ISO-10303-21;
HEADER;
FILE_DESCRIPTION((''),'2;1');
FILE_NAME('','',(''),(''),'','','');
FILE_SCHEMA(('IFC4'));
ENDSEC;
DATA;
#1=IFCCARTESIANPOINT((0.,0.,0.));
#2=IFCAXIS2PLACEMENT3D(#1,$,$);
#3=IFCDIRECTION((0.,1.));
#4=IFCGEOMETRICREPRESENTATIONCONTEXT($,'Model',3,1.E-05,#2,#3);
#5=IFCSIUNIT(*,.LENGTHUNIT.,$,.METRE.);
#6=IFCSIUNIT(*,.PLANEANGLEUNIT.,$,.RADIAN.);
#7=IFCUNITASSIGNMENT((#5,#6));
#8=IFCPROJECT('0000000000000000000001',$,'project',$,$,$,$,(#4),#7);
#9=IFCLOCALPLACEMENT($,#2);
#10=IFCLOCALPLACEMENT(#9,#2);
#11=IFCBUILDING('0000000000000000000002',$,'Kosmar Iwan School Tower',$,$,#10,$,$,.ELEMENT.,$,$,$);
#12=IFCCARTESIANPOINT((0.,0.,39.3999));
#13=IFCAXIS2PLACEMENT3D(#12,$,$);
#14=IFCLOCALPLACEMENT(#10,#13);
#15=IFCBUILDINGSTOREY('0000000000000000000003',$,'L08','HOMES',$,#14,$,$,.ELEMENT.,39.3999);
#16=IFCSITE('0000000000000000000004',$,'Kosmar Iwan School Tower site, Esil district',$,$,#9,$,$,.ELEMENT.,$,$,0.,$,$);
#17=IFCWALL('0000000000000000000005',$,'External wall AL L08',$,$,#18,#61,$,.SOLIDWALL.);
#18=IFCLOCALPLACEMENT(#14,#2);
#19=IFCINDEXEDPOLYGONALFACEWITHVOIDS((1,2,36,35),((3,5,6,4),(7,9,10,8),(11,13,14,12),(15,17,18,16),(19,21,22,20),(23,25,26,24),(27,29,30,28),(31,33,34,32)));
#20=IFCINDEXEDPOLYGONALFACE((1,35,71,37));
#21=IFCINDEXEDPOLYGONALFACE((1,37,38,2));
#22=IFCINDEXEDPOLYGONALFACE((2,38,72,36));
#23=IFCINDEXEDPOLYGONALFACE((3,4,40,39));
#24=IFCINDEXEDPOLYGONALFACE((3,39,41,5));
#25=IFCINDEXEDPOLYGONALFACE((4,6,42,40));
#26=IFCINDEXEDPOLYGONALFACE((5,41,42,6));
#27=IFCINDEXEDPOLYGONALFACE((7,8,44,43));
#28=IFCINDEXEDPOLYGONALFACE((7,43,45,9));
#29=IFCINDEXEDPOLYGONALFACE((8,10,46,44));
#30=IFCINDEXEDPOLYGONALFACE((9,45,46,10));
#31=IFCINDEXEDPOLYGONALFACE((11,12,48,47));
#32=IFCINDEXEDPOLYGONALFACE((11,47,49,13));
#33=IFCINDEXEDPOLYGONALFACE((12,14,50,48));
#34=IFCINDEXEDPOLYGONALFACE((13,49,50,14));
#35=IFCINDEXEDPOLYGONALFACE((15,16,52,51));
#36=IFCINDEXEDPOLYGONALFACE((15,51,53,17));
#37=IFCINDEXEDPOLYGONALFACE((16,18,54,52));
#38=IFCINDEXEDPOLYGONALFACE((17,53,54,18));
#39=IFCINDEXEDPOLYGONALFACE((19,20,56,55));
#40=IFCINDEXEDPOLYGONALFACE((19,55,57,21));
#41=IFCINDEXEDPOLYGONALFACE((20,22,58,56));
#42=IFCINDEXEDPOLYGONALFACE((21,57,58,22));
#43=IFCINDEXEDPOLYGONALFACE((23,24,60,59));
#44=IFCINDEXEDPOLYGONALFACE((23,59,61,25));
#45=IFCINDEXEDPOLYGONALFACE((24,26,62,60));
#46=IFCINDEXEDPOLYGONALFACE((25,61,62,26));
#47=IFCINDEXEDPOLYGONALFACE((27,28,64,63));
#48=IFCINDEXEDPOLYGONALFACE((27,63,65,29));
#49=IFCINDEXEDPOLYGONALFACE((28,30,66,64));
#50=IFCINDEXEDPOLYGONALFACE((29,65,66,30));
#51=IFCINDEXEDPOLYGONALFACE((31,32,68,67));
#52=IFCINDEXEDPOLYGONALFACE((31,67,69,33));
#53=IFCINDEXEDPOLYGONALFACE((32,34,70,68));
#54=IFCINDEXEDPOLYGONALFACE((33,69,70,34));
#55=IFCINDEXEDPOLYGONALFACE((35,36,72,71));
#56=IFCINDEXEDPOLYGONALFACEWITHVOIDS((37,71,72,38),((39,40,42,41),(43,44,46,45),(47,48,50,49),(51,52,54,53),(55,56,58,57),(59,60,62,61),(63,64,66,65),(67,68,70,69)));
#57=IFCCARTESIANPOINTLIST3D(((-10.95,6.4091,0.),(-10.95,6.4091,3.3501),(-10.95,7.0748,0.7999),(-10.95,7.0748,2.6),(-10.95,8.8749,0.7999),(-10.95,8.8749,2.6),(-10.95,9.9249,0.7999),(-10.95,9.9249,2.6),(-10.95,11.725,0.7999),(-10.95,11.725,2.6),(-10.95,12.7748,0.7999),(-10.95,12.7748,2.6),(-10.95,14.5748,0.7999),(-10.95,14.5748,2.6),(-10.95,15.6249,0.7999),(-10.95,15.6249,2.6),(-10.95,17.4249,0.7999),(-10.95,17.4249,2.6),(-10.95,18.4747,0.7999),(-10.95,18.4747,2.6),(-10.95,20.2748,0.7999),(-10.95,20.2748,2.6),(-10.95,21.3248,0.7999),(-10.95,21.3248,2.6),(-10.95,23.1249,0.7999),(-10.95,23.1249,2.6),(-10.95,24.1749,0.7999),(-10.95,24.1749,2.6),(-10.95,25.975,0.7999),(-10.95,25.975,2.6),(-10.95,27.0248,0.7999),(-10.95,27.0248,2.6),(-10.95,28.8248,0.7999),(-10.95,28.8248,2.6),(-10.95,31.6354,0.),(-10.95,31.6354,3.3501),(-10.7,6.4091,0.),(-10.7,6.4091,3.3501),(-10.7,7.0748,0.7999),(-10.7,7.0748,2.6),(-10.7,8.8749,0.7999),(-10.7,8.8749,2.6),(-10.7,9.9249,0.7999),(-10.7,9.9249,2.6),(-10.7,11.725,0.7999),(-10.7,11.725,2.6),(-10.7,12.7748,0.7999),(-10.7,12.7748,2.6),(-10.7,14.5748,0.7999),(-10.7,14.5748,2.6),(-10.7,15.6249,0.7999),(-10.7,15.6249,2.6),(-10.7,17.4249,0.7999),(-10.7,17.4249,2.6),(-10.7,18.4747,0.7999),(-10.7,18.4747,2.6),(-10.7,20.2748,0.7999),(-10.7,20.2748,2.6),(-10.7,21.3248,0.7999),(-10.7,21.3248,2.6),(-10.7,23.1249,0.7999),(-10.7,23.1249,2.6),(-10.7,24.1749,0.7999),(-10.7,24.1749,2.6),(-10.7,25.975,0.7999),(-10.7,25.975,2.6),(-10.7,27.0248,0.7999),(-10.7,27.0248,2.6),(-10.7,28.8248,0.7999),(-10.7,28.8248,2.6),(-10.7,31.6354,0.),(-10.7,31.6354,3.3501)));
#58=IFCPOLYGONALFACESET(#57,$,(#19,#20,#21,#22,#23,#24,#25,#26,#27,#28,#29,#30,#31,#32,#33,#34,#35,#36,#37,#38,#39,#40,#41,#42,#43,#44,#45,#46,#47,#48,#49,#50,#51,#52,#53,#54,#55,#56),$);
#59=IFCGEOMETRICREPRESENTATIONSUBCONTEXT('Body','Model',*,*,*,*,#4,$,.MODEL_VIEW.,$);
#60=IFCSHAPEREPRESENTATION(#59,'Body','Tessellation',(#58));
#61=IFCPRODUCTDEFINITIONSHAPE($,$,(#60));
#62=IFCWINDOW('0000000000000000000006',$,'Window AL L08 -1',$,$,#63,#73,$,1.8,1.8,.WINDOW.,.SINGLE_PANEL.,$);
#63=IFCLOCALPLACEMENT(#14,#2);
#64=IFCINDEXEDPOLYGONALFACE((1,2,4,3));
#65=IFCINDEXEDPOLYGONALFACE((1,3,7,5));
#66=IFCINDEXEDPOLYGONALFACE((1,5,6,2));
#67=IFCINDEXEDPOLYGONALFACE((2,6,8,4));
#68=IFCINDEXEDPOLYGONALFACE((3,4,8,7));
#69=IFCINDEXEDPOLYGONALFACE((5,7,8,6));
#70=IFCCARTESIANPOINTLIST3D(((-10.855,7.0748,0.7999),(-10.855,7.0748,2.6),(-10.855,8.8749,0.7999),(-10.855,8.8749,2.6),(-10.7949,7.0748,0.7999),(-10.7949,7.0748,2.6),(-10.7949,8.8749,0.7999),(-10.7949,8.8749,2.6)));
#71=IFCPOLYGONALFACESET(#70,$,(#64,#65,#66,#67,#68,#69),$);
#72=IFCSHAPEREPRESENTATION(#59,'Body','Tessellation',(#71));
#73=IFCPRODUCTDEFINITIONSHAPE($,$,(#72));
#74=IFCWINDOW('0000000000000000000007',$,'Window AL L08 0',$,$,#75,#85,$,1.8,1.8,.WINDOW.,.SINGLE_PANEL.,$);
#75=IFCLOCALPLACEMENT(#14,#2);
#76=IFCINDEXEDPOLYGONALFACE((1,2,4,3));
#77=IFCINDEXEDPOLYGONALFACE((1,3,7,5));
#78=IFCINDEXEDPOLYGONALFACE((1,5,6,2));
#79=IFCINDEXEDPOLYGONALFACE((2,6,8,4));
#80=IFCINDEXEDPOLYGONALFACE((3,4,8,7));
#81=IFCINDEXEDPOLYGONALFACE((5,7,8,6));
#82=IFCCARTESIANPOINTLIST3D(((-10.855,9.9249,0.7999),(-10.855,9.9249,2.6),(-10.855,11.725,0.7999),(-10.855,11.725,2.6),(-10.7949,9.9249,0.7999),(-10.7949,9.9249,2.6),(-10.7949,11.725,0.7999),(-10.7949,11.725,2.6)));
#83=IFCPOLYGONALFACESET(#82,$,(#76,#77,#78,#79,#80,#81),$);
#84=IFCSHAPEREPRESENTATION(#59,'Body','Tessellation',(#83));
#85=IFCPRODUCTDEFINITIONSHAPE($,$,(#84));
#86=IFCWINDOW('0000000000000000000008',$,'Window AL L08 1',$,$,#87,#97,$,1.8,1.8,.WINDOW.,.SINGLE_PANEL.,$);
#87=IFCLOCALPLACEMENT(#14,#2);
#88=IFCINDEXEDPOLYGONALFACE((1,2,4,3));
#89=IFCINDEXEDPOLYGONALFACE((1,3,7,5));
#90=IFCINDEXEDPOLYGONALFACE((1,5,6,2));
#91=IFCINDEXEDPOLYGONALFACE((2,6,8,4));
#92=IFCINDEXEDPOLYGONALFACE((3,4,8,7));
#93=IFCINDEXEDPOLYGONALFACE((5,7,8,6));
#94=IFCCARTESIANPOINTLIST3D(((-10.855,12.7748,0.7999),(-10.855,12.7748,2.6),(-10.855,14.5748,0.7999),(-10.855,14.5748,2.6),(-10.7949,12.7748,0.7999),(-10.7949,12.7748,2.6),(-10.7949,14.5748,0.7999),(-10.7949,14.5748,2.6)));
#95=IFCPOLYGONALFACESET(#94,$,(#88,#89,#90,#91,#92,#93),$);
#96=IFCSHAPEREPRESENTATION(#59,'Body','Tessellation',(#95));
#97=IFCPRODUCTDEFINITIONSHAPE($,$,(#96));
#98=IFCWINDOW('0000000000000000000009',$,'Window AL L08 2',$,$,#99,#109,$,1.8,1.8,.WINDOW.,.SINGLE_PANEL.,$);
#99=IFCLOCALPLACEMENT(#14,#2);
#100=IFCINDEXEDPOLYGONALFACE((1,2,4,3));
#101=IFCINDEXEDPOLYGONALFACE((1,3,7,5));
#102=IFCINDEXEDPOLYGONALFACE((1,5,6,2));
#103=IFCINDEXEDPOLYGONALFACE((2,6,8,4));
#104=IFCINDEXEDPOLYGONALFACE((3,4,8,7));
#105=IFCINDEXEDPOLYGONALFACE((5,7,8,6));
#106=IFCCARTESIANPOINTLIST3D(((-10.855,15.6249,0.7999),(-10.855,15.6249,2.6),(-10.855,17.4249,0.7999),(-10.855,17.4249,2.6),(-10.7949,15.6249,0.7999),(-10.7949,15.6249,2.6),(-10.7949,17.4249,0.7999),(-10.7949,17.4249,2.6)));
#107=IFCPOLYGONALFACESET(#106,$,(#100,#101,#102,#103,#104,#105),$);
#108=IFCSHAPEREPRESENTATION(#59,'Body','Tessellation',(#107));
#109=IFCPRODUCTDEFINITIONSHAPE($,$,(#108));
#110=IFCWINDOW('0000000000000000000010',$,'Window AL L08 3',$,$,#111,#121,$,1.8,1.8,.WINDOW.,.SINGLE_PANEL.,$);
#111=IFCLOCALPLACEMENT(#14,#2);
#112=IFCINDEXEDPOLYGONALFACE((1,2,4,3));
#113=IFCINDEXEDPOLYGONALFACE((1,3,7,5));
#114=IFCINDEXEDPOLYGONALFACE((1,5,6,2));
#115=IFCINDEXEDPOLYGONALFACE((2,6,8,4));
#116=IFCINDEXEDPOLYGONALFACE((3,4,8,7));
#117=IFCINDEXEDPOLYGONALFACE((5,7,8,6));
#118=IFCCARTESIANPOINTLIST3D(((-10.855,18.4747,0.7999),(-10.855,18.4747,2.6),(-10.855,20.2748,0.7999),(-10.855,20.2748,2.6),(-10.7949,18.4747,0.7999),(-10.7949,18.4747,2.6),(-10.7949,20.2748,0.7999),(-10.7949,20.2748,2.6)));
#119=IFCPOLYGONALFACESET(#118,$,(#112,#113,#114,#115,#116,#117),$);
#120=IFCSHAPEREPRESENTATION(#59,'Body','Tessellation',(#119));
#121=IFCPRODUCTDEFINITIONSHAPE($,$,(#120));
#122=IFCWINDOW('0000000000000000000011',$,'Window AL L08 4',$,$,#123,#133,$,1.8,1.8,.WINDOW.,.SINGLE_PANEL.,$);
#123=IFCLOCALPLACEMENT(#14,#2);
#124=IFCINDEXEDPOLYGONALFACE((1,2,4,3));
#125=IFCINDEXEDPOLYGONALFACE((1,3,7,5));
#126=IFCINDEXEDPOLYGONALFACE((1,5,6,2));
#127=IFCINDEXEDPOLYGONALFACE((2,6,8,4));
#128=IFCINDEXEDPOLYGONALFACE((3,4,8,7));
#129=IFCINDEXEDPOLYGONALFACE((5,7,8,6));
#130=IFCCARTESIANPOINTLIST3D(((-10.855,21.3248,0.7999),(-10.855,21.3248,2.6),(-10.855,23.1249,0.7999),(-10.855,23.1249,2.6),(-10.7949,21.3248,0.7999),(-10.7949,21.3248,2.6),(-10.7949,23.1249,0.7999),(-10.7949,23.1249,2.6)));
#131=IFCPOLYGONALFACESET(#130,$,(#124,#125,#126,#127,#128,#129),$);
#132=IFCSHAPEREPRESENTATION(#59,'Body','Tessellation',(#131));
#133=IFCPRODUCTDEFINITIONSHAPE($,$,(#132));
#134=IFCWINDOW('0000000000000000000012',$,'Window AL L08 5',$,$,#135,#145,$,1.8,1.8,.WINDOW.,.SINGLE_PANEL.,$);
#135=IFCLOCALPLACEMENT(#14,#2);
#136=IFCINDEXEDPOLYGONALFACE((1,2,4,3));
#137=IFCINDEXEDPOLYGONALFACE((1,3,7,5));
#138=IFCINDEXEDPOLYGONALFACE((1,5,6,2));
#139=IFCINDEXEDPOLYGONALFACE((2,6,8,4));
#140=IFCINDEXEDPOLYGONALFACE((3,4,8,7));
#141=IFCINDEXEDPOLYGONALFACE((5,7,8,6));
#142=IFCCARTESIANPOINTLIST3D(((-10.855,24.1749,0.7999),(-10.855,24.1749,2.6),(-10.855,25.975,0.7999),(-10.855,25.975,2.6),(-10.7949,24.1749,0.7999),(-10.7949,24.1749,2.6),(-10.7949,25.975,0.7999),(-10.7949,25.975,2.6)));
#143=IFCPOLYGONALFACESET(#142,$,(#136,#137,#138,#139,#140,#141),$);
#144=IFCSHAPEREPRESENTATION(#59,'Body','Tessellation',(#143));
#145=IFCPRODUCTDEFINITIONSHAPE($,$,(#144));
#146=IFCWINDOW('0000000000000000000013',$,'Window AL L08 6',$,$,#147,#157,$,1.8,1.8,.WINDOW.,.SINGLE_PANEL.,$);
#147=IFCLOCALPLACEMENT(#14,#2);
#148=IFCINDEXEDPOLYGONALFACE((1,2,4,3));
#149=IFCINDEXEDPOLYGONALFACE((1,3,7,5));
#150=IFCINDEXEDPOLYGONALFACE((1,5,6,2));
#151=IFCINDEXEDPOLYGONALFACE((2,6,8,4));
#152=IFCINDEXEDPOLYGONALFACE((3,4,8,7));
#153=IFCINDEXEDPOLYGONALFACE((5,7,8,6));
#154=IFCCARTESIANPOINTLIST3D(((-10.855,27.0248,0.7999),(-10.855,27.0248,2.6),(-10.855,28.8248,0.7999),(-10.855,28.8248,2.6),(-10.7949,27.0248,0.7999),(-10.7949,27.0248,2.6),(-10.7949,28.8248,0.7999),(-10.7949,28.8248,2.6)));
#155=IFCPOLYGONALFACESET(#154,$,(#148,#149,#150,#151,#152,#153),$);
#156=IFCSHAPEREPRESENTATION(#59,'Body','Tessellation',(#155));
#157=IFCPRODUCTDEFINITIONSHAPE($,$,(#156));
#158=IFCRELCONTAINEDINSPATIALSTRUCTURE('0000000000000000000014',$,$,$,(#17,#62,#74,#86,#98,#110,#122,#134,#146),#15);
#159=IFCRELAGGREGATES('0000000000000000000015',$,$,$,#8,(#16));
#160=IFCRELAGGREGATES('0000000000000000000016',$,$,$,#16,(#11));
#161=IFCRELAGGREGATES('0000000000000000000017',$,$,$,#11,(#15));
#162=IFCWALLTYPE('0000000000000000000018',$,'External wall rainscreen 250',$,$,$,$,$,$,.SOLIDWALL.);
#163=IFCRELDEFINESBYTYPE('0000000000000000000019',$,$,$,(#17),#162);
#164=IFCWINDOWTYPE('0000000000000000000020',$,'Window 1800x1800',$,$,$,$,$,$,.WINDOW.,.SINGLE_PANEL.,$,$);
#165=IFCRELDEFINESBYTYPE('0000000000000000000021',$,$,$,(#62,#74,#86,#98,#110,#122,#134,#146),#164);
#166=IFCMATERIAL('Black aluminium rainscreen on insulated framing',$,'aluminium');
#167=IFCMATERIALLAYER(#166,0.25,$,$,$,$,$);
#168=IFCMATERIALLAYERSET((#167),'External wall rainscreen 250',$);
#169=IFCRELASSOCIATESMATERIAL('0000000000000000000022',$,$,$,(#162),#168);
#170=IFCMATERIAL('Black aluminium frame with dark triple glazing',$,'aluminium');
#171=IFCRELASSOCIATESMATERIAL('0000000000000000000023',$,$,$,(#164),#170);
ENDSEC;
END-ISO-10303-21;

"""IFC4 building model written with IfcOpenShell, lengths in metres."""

from ifc_helpers import new_model, si_unit, direction, frame, frame_2d, origin, place, context, subcontext, project, spatial, rectangle, extrude, material, layer, layer_set, type_object, element, fill, save


model = new_model("IFC4")

# Units and contexts
model_context = context("Model", 3, precision=1e-05, world=origin(), true_north=direction((0.0, 1.0)))
body_context = subcontext(model_context, "Body", "Model", "MODEL_VIEW")
ifc_project = project(units=[si_unit("LENGTHUNIT", "METRE"), si_unit("PLANEANGLEUNIT", "RADIAN")], contexts=[model_context])

# Site, building, storey
site_placement = place(None, origin())
site = spatial("IfcSite", under=ifc_project, at=site_placement, Name="Kosmar Iwan School Tower site, Esil district", CompositionType="ELEMENT", RefElevation=0.0)
building_placement = place(site_placement, origin())
building = spatial("IfcBuilding", under=site, at=building_placement, Name="Kosmar Iwan School Tower", CompositionType="ELEMENT")
storey_placement = place(building_placement, frame((0.0, 0.0, 39.3999)))
storey = spatial("IfcBuildingStorey", under=building, at=storey_placement, Name="L08", Description="HOMES", CompositionType="ELEMENT", Elevation=39.3999)

# Wall, openings, windows
ifc_material_1 = material(Name="Black aluminium rainscreen on insulated framing", Category="aluminium")
ifc_layer = layer(ifc_material_1, 0.25)
ifc_layer_set = layer_set([ifc_layer], Name="External wall rainscreen 250")
wall_type = type_object("IfcWallType", Name="External wall rainscreen 250", PredefinedType="SOLIDWALL", material=ifc_layer_set)
wall_1_placement = place(storey_placement, frame((-10.825, 6.4089, 0.0), z_axis=(0.0, 0.0, 1.0), x_axis=(0.0, 1.0, 0.0)))
wall_1 = element("IfcWall", 1, at=wall_1_placement, inside=storey, type_object=wall_type, Name="External wall AL L08", PredefinedType="SOLIDWALL", context=body_context, shape_type="SweptSolid", body=[
    extrude(rectangle(XDim=25.2263, YDim=0.25, at=frame_2d((12.6133, 0.0))), origin(), (0.0, 0.0, 1.0), 3.3501),
])
opening_1_placement = place(wall_1_placement, frame((0.666, 0.0, 0.8)))
opening_1 = element("IfcOpeningElement", 2, at=opening_1_placement, cuts=wall_1, PredefinedType="OPENING", context=body_context, shape_type="SweptSolid", body=[
    extrude(rectangle(XDim=1.8, YDim=1.8, at=frame_2d((0.8999, 0.8999))), frame((0.0, 0.137, 0.0), z_axis=(0.0, -1.0, 0.0), x_axis=(1.0, 0.0, 0.0)), (0.0, 0.0, 1.0), 0.2739),
])
opening_2_placement = place(wall_1_placement, frame((3.5161, 0.0, 0.8)))
opening_2 = element("IfcOpeningElement", 3, at=opening_2_placement, cuts=wall_1, PredefinedType="OPENING", context=body_context, shape_type="SweptSolid", body=[
    extrude(rectangle(XDim=1.8, YDim=1.8, at=frame_2d((0.8999, 0.8999))), frame((0.0, 0.137, 0.0), z_axis=(0.0, -1.0, 0.0), x_axis=(1.0, 0.0, 0.0)), (0.0, 0.0, 1.0), 0.2739),
])
opening_3_placement = place(wall_1_placement, frame((6.366, 0.0, 0.8)))
opening_3 = element("IfcOpeningElement", 4, at=opening_3_placement, cuts=wall_1, PredefinedType="OPENING", context=body_context, shape_type="SweptSolid", body=[
    extrude(rectangle(XDim=1.8, YDim=1.8, at=frame_2d((0.8999, 0.8999))), frame((0.0, 0.137, 0.0), z_axis=(0.0, -1.0, 0.0), x_axis=(1.0, 0.0, 0.0)), (0.0, 0.0, 1.0), 0.2739),
])
opening_4_placement = place(wall_1_placement, frame((9.2161, 0.0, 0.8)))
opening_4 = element("IfcOpeningElement", 5, at=opening_4_placement, cuts=wall_1, PredefinedType="OPENING", context=body_context, shape_type="SweptSolid", body=[
    extrude(rectangle(XDim=1.8, YDim=1.8, at=frame_2d((0.8999, 0.8999))), frame((0.0, 0.137, 0.0), z_axis=(0.0, -1.0, 0.0), x_axis=(1.0, 0.0, 0.0)), (0.0, 0.0, 1.0), 0.2739),
])
opening_5_placement = place(wall_1_placement, frame((12.0659, 0.0, 0.8)))
opening_5 = element("IfcOpeningElement", 6, at=opening_5_placement, cuts=wall_1, PredefinedType="OPENING", context=body_context, shape_type="SweptSolid", body=[
    extrude(rectangle(XDim=1.8, YDim=1.8, at=frame_2d((0.8999, 0.8999))), frame((0.0, 0.137, 0.0), z_axis=(0.0, -1.0, 0.0), x_axis=(1.0, 0.0, 0.0)), (0.0, 0.0, 1.0), 0.2739),
])
opening_6_placement = place(wall_1_placement, frame((14.916, 0.0, 0.8)))
opening_6 = element("IfcOpeningElement", 7, at=opening_6_placement, cuts=wall_1, PredefinedType="OPENING", context=body_context, shape_type="SweptSolid", body=[
    extrude(rectangle(XDim=1.8, YDim=1.8, at=frame_2d((0.8999, 0.8999))), frame((0.0, 0.137, 0.0), z_axis=(0.0, -1.0, 0.0), x_axis=(1.0, 0.0, 0.0)), (0.0, 0.0, 1.0), 0.2739),
])
opening_7_placement = place(wall_1_placement, frame((17.7661, 0.0, 0.8)))
opening_7 = element("IfcOpeningElement", 8, at=opening_7_placement, cuts=wall_1, PredefinedType="OPENING", context=body_context, shape_type="SweptSolid", body=[
    extrude(rectangle(XDim=1.8, YDim=1.8, at=frame_2d((0.8999, 0.8999))), frame((0.0, 0.137, 0.0), z_axis=(0.0, -1.0, 0.0), x_axis=(1.0, 0.0, 0.0)), (0.0, 0.0, 1.0), 0.2739),
])
opening_8_placement = place(wall_1_placement, frame((20.616, 0.0, 0.8)))
opening_8 = element("IfcOpeningElement", 9, at=opening_8_placement, cuts=wall_1, PredefinedType="OPENING", context=body_context, shape_type="SweptSolid", body=[
    extrude(rectangle(XDim=1.8, YDim=1.8, at=frame_2d((0.8999, 0.8999))), frame((0.0, 0.137, 0.0), z_axis=(0.0, -1.0, 0.0), x_axis=(1.0, 0.0, 0.0)), (0.0, 0.0, 1.0), 0.2739),
])
ifc_material_2 = material(Name="Black aluminium frame with dark triple glazing", Category="aluminium")
window_type = type_object("IfcWindowType", Name="Window 1800x1800", PartitioningType="SINGLE_PANEL", PredefinedType="WINDOW", material=ifc_material_2)
window_1_placement = place(opening_1_placement, origin())
window_1 = element("IfcWindow", 10, at=window_1_placement, inside=storey, type_object=window_type, Name="Window AL L08 -1", OverallHeight=1.8, OverallWidth=1.8, PartitioningType="SINGLE_PANEL", PredefinedType="WINDOW", context=body_context, shape_type="SweptSolid", body=[
    extrude(rectangle(XDim=1.8, YDim=1.8, at=frame_2d((0.8999, 0.8999))), frame((0.0, 0.03, 0.0), z_axis=(0.0, -1.0, 0.0), x_axis=(1.0, 0.0, 0.0)), (0.0, 0.0, 1.0), 0.0601),
])
fill(opening_1, window_1)
window_2_placement = place(opening_2_placement, origin())
window_2 = element("IfcWindow", 11, at=window_2_placement, inside=storey, type_object=window_type, Name="Window AL L08 0", OverallHeight=1.8, OverallWidth=1.8, PartitioningType="SINGLE_PANEL", PredefinedType="WINDOW", context=body_context, shape_type="SweptSolid", body=[
    extrude(rectangle(XDim=1.8, YDim=1.8, at=frame_2d((0.8999, 0.8999))), frame((0.0, 0.03, 0.0), z_axis=(0.0, -1.0, 0.0), x_axis=(1.0, 0.0, 0.0)), (0.0, 0.0, 1.0), 0.0601),
])
fill(opening_2, window_2)
window_3_placement = place(opening_3_placement, origin())
window_3 = element("IfcWindow", 12, at=window_3_placement, inside=storey, type_object=window_type, Name="Window AL L08 1", OverallHeight=1.8, OverallWidth=1.8, PartitioningType="SINGLE_PANEL", PredefinedType="WINDOW", context=body_context, shape_type="SweptSolid", body=[
    extrude(rectangle(XDim=1.8, YDim=1.8, at=frame_2d((0.8999, 0.8999))), frame((0.0, 0.03, 0.0), z_axis=(0.0, -1.0, 0.0), x_axis=(1.0, 0.0, 0.0)), (0.0, 0.0, 1.0), 0.0601),
])
fill(opening_3, window_3)
window_4_placement = place(opening_4_placement, origin())
window_4 = element("IfcWindow", 13, at=window_4_placement, inside=storey, type_object=window_type, Name="Window AL L08 2", OverallHeight=1.8, OverallWidth=1.8, PartitioningType="SINGLE_PANEL", PredefinedType="WINDOW", context=body_context, shape_type="SweptSolid", body=[
    extrude(rectangle(XDim=1.8, YDim=1.8, at=frame_2d((0.8999, 0.8999))), frame((0.0, 0.03, 0.0), z_axis=(0.0, -1.0, 0.0), x_axis=(1.0, 0.0, 0.0)), (0.0, 0.0, 1.0), 0.0601),
])
fill(opening_4, window_4)
window_5_placement = place(opening_5_placement, origin())
window_5 = element("IfcWindow", 14, at=window_5_placement, inside=storey, type_object=window_type, Name="Window AL L08 3", OverallHeight=1.8, OverallWidth=1.8, PartitioningType="SINGLE_PANEL", PredefinedType="WINDOW", context=body_context, shape_type="SweptSolid", body=[
    extrude(rectangle(XDim=1.8, YDim=1.8, at=frame_2d((0.8999, 0.8999))), frame((0.0, 0.03, 0.0), z_axis=(0.0, -1.0, 0.0), x_axis=(1.0, 0.0, 0.0)), (0.0, 0.0, 1.0), 0.0601),
])
fill(opening_5, window_5)
window_6_placement = place(opening_6_placement, origin())
window_6 = element("IfcWindow", 15, at=window_6_placement, inside=storey, type_object=window_type, Name="Window AL L08 4", OverallHeight=1.8, OverallWidth=1.8, PartitioningType="SINGLE_PANEL", PredefinedType="WINDOW", context=body_context, shape_type="SweptSolid", body=[
    extrude(rectangle(XDim=1.8, YDim=1.8, at=frame_2d((0.8999, 0.8999))), frame((0.0, 0.03, 0.0), z_axis=(0.0, -1.0, 0.0), x_axis=(1.0, 0.0, 0.0)), (0.0, 0.0, 1.0), 0.0601),
])
fill(opening_6, window_6)
window_7_placement = place(opening_7_placement, origin())
window_7 = element("IfcWindow", 16, at=window_7_placement, inside=storey, type_object=window_type, Name="Window AL L08 5", OverallHeight=1.8, OverallWidth=1.8, PartitioningType="SINGLE_PANEL", PredefinedType="WINDOW", context=body_context, shape_type="SweptSolid", body=[
    extrude(rectangle(XDim=1.8, YDim=1.8, at=frame_2d((0.8999, 0.8999))), frame((0.0, 0.03, 0.0), z_axis=(0.0, -1.0, 0.0), x_axis=(1.0, 0.0, 0.0)), (0.0, 0.0, 1.0), 0.0601),
])
fill(opening_7, window_7)
window_8_placement = place(opening_8_placement, origin())
window_8 = element("IfcWindow", 17, at=window_8_placement, inside=storey, type_object=window_type, Name="Window AL L08 6", OverallHeight=1.8, OverallWidth=1.8, PartitioningType="SINGLE_PANEL", PredefinedType="WINDOW", context=body_context, shape_type="SweptSolid", body=[
    extrude(rectangle(XDim=1.8, YDim=1.8, at=frame_2d((0.8999, 0.8999))), frame((0.0, 0.03, 0.0), z_axis=(0.0, -1.0, 0.0), x_axis=(1.0, 0.0, 0.0)), (0.0, 0.0, 1.0), 0.0601),
])
fill(opening_8, window_8)

save(model, "model.ifc")
